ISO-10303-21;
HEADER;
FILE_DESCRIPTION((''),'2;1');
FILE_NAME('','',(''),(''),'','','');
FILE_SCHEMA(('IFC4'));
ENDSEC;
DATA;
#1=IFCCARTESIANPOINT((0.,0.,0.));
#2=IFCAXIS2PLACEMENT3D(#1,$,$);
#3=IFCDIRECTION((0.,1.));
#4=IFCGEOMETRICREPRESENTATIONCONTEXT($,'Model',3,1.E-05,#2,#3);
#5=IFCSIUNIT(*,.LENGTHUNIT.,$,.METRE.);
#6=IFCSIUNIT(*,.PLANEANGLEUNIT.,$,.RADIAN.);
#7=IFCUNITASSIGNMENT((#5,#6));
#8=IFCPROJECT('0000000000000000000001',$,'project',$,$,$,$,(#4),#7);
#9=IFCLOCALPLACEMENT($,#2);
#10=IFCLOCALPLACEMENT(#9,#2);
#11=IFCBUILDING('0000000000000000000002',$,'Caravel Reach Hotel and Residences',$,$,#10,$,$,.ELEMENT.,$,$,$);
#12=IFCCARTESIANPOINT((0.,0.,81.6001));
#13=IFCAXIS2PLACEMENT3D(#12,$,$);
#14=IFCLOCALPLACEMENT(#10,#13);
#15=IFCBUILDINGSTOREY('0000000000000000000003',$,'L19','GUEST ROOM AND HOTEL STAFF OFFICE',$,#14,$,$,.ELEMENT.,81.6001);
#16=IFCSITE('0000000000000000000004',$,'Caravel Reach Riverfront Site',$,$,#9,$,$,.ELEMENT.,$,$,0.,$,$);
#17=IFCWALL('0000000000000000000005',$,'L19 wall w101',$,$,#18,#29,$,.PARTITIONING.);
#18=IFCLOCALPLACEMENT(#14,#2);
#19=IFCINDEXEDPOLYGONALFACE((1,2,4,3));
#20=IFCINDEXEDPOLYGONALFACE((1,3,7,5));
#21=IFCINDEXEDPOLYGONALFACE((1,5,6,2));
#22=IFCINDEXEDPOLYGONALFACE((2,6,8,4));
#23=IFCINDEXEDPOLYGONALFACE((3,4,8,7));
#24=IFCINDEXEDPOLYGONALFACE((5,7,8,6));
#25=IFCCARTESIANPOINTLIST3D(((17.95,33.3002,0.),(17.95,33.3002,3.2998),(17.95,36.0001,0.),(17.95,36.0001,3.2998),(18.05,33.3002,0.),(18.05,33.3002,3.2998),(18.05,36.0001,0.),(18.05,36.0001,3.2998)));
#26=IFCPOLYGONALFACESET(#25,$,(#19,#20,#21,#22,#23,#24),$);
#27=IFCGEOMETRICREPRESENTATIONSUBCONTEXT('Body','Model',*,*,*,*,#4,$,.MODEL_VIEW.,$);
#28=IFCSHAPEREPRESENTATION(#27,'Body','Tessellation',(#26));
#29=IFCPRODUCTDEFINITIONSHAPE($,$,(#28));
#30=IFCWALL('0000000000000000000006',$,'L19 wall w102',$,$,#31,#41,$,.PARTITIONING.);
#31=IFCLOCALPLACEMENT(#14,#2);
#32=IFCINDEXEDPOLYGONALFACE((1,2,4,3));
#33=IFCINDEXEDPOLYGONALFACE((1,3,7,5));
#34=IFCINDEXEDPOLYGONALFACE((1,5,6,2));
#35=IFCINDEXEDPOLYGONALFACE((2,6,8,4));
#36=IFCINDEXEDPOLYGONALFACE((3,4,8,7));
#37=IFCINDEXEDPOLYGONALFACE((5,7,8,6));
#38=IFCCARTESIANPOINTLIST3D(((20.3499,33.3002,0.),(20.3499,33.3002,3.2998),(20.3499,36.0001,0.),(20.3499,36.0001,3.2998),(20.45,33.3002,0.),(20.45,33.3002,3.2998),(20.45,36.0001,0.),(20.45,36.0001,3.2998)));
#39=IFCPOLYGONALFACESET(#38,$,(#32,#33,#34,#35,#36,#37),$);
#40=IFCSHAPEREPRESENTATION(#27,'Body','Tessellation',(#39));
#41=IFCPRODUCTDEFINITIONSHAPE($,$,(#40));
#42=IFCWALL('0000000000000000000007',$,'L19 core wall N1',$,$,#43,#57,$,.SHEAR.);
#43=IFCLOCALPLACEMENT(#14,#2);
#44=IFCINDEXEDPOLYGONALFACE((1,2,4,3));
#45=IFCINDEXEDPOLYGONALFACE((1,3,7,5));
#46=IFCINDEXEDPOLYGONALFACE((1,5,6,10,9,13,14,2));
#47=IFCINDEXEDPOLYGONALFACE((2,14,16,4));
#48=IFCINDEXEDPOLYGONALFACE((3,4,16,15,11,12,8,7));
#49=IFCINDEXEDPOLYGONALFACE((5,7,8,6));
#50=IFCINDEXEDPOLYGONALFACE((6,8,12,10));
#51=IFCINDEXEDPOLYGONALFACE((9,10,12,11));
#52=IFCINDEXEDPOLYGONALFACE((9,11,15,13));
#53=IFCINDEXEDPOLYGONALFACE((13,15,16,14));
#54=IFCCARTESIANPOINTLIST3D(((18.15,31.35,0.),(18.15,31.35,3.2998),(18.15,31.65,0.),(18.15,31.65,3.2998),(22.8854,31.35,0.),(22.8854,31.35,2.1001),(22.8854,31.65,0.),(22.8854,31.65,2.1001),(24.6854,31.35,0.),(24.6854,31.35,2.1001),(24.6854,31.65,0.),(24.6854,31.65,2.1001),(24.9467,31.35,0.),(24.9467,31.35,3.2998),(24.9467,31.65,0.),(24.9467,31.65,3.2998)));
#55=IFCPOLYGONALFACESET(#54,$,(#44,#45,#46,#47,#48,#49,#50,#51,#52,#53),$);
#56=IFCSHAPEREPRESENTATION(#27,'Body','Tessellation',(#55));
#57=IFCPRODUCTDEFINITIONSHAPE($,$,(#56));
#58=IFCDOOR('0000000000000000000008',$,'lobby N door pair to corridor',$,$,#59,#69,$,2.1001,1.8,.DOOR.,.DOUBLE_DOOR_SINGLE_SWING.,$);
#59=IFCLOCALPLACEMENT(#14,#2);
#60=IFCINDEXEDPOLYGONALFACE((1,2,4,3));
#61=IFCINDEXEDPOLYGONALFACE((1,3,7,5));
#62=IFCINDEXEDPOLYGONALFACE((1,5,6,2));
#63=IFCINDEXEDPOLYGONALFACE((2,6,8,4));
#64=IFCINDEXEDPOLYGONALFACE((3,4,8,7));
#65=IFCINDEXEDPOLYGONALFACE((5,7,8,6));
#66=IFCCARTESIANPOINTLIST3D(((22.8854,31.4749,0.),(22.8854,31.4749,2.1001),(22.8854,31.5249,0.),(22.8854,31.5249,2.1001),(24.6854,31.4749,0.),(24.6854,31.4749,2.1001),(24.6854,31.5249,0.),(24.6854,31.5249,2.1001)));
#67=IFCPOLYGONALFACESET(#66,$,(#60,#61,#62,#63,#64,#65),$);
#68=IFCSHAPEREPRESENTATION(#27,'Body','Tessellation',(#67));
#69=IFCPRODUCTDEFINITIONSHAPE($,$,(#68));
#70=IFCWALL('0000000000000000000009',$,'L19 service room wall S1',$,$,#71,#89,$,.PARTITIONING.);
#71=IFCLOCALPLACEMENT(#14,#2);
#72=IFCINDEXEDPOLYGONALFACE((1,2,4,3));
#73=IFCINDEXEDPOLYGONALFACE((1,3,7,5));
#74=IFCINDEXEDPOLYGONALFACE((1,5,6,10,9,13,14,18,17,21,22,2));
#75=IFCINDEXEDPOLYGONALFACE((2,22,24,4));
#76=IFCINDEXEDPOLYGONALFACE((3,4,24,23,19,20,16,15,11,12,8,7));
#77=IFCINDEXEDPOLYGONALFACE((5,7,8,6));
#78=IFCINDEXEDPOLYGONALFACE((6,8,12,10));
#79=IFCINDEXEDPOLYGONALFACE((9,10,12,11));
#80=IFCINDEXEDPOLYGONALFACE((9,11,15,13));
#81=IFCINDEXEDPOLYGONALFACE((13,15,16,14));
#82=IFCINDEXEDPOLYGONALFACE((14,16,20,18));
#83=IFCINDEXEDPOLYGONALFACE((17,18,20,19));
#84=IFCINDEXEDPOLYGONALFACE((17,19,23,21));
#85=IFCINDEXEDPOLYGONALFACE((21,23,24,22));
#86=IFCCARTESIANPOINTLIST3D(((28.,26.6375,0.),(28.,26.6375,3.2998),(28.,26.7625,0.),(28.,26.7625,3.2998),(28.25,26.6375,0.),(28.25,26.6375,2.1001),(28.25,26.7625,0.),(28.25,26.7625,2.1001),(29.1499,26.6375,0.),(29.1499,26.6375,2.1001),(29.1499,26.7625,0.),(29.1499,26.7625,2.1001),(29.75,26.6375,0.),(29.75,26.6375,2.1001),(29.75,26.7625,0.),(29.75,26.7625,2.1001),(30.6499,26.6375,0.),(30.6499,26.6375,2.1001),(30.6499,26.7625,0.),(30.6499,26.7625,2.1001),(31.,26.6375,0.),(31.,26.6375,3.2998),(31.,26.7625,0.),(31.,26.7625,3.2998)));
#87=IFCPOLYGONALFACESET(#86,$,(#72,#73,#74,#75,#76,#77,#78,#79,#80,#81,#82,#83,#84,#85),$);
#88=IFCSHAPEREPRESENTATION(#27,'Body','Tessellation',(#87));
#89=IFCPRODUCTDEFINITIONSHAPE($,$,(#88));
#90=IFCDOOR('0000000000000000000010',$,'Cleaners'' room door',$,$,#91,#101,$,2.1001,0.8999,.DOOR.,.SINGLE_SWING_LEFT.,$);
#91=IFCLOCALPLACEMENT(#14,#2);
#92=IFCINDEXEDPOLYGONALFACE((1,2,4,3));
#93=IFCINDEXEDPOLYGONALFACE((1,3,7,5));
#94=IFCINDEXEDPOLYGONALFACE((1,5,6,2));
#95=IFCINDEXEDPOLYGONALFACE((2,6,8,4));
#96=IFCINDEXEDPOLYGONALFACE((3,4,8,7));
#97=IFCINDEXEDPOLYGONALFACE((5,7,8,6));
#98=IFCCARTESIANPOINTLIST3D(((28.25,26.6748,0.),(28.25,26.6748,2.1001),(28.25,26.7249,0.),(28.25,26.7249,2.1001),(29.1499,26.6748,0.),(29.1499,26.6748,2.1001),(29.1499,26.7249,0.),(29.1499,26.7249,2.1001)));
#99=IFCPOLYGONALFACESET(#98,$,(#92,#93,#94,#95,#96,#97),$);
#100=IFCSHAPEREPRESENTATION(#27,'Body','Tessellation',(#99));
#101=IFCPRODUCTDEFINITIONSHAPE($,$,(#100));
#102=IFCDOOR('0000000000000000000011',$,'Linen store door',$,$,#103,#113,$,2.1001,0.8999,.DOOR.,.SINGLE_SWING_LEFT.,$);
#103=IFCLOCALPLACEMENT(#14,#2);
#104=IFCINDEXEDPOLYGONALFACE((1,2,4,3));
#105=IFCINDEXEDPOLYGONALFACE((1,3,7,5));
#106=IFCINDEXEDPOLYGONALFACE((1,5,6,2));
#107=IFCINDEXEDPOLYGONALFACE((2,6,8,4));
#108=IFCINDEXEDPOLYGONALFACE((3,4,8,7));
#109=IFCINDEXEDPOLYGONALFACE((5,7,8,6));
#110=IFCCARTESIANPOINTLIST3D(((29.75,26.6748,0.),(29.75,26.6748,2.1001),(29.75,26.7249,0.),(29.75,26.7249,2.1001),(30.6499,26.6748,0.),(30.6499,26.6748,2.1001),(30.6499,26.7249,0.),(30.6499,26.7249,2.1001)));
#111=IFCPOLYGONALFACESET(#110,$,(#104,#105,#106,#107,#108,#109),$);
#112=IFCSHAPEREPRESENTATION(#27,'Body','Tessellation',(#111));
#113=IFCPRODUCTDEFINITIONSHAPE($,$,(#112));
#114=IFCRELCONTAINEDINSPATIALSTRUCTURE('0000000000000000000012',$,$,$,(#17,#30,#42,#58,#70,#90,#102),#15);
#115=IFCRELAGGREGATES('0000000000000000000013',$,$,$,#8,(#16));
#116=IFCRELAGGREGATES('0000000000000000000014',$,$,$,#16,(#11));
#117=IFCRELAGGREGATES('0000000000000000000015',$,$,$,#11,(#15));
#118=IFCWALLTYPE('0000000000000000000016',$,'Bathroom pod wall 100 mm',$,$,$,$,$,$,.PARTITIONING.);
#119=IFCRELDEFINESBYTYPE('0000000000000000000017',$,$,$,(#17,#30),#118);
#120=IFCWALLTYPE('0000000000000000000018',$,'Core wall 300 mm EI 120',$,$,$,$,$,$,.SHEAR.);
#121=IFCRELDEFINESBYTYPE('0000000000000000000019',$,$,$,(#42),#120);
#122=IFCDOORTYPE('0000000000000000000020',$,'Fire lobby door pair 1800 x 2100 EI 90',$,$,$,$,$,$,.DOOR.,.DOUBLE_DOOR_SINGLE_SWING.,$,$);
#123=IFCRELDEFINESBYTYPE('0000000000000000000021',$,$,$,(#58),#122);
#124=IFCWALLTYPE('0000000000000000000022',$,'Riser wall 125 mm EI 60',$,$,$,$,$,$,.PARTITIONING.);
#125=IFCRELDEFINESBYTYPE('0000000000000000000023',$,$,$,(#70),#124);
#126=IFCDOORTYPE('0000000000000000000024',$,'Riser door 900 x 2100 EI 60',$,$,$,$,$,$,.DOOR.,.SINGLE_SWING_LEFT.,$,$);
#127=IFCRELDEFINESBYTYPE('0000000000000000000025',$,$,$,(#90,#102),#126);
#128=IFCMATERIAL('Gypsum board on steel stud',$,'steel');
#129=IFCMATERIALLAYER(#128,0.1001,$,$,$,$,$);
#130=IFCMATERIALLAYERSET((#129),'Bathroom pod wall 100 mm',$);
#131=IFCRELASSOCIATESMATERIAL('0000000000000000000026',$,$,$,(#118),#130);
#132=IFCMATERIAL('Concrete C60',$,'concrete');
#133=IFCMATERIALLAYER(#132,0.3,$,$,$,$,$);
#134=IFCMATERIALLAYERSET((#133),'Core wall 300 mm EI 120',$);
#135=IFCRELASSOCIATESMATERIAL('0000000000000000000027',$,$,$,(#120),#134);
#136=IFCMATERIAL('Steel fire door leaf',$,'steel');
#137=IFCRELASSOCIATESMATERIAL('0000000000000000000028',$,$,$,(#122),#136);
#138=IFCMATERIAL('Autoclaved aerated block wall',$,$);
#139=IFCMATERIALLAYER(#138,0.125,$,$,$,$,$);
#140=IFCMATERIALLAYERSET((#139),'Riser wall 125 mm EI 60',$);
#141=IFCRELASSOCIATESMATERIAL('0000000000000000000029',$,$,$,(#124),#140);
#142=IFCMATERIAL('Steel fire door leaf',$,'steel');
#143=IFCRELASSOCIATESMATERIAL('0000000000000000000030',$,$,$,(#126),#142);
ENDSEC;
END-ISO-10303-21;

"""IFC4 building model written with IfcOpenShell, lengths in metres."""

from ifc_helpers import new_model, si_unit, direction, frame, frame_2d, origin, place, context, subcontext, project, spatial, rectangle, extrude, material, layer, layer_set, type_object, element, fill, save


model = new_model("IFC4")

# Units and contexts
model_context = context("Model", 3, precision=1e-05, world=origin(), true_north=direction((0.0, 1.0)))
body_context = subcontext(model_context, "Body", "Model", "MODEL_VIEW")
ifc_project = project(units=[si_unit("LENGTHUNIT", "METRE"), si_unit("PLANEANGLEUNIT", "RADIAN")], contexts=[model_context])

# Site, building, storey
site_placement = place(None, origin())
site = spatial("IfcSite", under=ifc_project, at=site_placement, Name="Caravel Reach Riverfront Site", CompositionType="ELEMENT", RefElevation=0.0)
building_placement = place(site_placement, origin())
building = spatial("IfcBuilding", under=site, at=building_placement, Name="Caravel Reach Hotel and Residences", CompositionType="ELEMENT")
storey_placement = place(building_placement, frame((0.0, 0.0, 81.6001)))
storey = spatial("IfcBuildingStorey", under=building, at=storey_placement, Name="L19", Description="GUEST ROOM AND HOTEL STAFF OFFICE", CompositionType="ELEMENT", Elevation=81.6001)

# Walls
ifc_material_1 = material(Name="Gypsum board on steel stud", Category="steel")
ifc_layer_1 = layer(ifc_material_1, 0.1001)
ifc_layer_set_1 = layer_set([ifc_layer_1], Name="Bathroom pod wall 100 mm")
wall_type_1 = type_object("IfcWallType", Name="Bathroom pod wall 100 mm", PredefinedType="PARTITIONING", material=ifc_layer_set_1)
for number, where, z_axis, x_axis, name in (
    (1, (18.0, 33.3, 0.0), (0.0, 0.0, 1.0), (0.0, 1.0, 0.0), "L19 wall w101"),
    (2, (20.3999, 33.3, 0.0), (0.0, 0.0, 1.0), (0.0, 1.0, 0.0), "L19 wall w102"),
):
    element("IfcWall", number, at=place(storey_placement, frame(where, z_axis=z_axis, x_axis=x_axis)), inside=storey, type_object=wall_type_1, Name=name, PredefinedType="PARTITIONING", context=body_context, shape_type="SweptSolid", body=[
        extrude(rectangle(XDim=2.7, YDim=0.1001, at=frame_2d((1.3501, 0.0))), origin(), (0.0, 0.0, 1.0), 3.2998),
    ])

# Wall, opening, door
ifc_material_2 = material(Name="Concrete C60", Category="concrete")
ifc_layer_2 = layer(ifc_material_2, 0.3)
ifc_layer_set_2 = layer_set([ifc_layer_2], Name="Core wall 300 mm EI 120")
wall_type_2 = type_object("IfcWallType", Name="Core wall 300 mm EI 120", PredefinedType="SHEAR", material=ifc_layer_set_2)
wall_1_placement = place(storey_placement, frame((18.1499, 31.5, 0.0), z_axis=(0.0, 0.0, 1.0), x_axis=(1.0, 0.0, 0.0)))
wall_1 = element("IfcWall", 3, at=wall_1_placement, inside=storey, type_object=wall_type_2, Name="L19 core wall N1", PredefinedType="SHEAR", context=body_context, shape_type="SweptSolid", body=[
    extrude(rectangle(XDim=6.7966, YDim=0.3, at=frame_2d((3.3984, 0.0))), origin(), (0.0, 0.0, 1.0), 3.2998),
])
opening_1_placement = place(wall_1_placement, frame((4.7356, 0.0, 0.0)))
opening_1 = element("IfcOpeningElement", 4, at=opening_1_placement, cuts=wall_1, PredefinedType="OPENING", context=body_context, shape_type="SweptSolid", body=[
    extrude(rectangle(XDim=1.8, YDim=2.1001, at=frame_2d((0.8999, 1.05))), frame((0.0, 0.1599, 0.0), z_axis=(0.0, -1.0, 0.0), x_axis=(1.0, 0.0, 0.0)), (0.0, 0.0, 1.0), 0.3201),
])
ifc_material_3 = material(Name="Steel fire door leaf", Category="steel")
door_type_1 = type_object("IfcDoorType", Name="Fire lobby door pair 1800 x 2100 EI 90", OperationType="DOUBLE_DOOR_SINGLE_SWING", PredefinedType="DOOR", material=ifc_material_3)
door_1_placement = place(opening_1_placement, origin())
door_1 = element("IfcDoor", 5, at=door_1_placement, inside=storey, type_object=door_type_1, Name="lobby N door pair to corridor", OperationType="DOUBLE_DOOR_SINGLE_SWING", OverallHeight=2.1001, OverallWidth=1.8, PredefinedType="DOOR", context=body_context, shape_type="SweptSolid", body=[
    extrude(rectangle(XDim=1.8, YDim=2.1001, at=frame_2d((0.8999, 1.05))), frame((0.0, 0.0249, 0.0), z_axis=(0.0, -1.0, 0.0), x_axis=(1.0, 0.0, 0.0)), (0.0, 0.0, 1.0), 0.05),
])
fill(opening_1, door_1)

# Wall, openings, doors
ifc_material_4 = material(Name="Autoclaved aerated block wall")
ifc_layer_3 = layer(ifc_material_4, 0.125)
ifc_layer_set_3 = layer_set([ifc_layer_3], Name="Riser wall 125 mm EI 60")
wall_type_3 = type_object("IfcWallType", Name="Riser wall 125 mm EI 60", PredefinedType="PARTITIONING", material=ifc_layer_set_3)
wall_2_placement = place(storey_placement, frame((28.0, 26.7, 0.0), z_axis=(0.0, 0.0, 1.0), x_axis=(1.0, 0.0, 0.0)))
wall_2 = element("IfcWall", 6, at=wall_2_placement, inside=storey, type_object=wall_type_3, Name="L19 service room wall S1", PredefinedType="PARTITIONING", context=body_context, shape_type="SweptSolid", body=[
    extrude(rectangle(XDim=3.0, YDim=0.125, at=frame_2d((1.5, 0.0))), origin(), (0.0, 0.0, 1.0), 3.2998),
])
opening_2_placement = place(wall_2_placement, frame((0.25, 0.0, 0.0)))
opening_2 = element("IfcOpeningElement", 7, at=opening_2_placement, cuts=wall_2, PredefinedType="OPENING", context=body_context, shape_type="SweptSolid", body=[
    extrude(rectangle(XDim=0.8999, YDim=2.1001, at=frame_2d((0.45, 1.05))), frame((0.0, 0.0725, 0.0), z_axis=(0.0, -1.0, 0.0), x_axis=(1.0, 0.0, 0.0)), (0.0, 0.0, 1.0), 0.145),
])
opening_3_placement = place(wall_2_placement, frame((1.75, 0.0, 0.0)))
opening_3 = element("IfcOpeningElement", 8, at=opening_3_placement, cuts=wall_2, PredefinedType="OPENING", context=body_context, shape_type="SweptSolid", body=[
    extrude(rectangle(XDim=0.8999, YDim=2.1001, at=frame_2d((0.45, 1.05))), frame((0.0, 0.0725, 0.0), z_axis=(0.0, -1.0, 0.0), x_axis=(1.0, 0.0, 0.0)), (0.0, 0.0, 1.0), 0.145),
])
ifc_material_5 = material(Name="Steel fire door leaf", Category="steel")
door_type_2 = type_object("IfcDoorType", Name="Riser door 900 x 2100 EI 60", OperationType="SINGLE_SWING_LEFT", PredefinedType="DOOR", material=ifc_material_5)
door_2_placement = place(opening_2_placement, origin())
door_2 = element("IfcDoor", 9, at=door_2_placement, inside=storey, type_object=door_type_2, Name="Cleaners' room door", OperationType="SINGLE_SWING_LEFT", OverallHeight=2.1001, OverallWidth=0.8999, PredefinedType="DOOR", context=body_context, shape_type="SweptSolid", body=[
    extrude(rectangle(XDim=0.8999, YDim=2.1001, at=frame_2d((0.45, 1.05))), frame((0.0, 0.0249, 0.0), z_axis=(0.0, -1.0, 0.0), x_axis=(1.0, 0.0, 0.0)), (0.0, 0.0, 1.0), 0.05),
])
fill(opening_2, door_2)
door_3_placement = place(opening_3_placement, origin())
door_3 = element("IfcDoor", 10, at=door_3_placement, inside=storey, type_object=door_type_2, Name="Linen store door", OperationType="SINGLE_SWING_LEFT", OverallHeight=2.1001, OverallWidth=0.8999, PredefinedType="DOOR", context=body_context, shape_type="SweptSolid", body=[
    extrude(rectangle(XDim=0.8999, YDim=2.1001, at=frame_2d((0.45, 1.05))), frame((0.0, 0.0249, 0.0), z_axis=(0.0, -1.0, 0.0), x_axis=(1.0, 0.0, 0.0)), (0.0, 0.0, 1.0), 0.05),
])
fill(opening_3, door_3)

save(model, "model.ifc")
